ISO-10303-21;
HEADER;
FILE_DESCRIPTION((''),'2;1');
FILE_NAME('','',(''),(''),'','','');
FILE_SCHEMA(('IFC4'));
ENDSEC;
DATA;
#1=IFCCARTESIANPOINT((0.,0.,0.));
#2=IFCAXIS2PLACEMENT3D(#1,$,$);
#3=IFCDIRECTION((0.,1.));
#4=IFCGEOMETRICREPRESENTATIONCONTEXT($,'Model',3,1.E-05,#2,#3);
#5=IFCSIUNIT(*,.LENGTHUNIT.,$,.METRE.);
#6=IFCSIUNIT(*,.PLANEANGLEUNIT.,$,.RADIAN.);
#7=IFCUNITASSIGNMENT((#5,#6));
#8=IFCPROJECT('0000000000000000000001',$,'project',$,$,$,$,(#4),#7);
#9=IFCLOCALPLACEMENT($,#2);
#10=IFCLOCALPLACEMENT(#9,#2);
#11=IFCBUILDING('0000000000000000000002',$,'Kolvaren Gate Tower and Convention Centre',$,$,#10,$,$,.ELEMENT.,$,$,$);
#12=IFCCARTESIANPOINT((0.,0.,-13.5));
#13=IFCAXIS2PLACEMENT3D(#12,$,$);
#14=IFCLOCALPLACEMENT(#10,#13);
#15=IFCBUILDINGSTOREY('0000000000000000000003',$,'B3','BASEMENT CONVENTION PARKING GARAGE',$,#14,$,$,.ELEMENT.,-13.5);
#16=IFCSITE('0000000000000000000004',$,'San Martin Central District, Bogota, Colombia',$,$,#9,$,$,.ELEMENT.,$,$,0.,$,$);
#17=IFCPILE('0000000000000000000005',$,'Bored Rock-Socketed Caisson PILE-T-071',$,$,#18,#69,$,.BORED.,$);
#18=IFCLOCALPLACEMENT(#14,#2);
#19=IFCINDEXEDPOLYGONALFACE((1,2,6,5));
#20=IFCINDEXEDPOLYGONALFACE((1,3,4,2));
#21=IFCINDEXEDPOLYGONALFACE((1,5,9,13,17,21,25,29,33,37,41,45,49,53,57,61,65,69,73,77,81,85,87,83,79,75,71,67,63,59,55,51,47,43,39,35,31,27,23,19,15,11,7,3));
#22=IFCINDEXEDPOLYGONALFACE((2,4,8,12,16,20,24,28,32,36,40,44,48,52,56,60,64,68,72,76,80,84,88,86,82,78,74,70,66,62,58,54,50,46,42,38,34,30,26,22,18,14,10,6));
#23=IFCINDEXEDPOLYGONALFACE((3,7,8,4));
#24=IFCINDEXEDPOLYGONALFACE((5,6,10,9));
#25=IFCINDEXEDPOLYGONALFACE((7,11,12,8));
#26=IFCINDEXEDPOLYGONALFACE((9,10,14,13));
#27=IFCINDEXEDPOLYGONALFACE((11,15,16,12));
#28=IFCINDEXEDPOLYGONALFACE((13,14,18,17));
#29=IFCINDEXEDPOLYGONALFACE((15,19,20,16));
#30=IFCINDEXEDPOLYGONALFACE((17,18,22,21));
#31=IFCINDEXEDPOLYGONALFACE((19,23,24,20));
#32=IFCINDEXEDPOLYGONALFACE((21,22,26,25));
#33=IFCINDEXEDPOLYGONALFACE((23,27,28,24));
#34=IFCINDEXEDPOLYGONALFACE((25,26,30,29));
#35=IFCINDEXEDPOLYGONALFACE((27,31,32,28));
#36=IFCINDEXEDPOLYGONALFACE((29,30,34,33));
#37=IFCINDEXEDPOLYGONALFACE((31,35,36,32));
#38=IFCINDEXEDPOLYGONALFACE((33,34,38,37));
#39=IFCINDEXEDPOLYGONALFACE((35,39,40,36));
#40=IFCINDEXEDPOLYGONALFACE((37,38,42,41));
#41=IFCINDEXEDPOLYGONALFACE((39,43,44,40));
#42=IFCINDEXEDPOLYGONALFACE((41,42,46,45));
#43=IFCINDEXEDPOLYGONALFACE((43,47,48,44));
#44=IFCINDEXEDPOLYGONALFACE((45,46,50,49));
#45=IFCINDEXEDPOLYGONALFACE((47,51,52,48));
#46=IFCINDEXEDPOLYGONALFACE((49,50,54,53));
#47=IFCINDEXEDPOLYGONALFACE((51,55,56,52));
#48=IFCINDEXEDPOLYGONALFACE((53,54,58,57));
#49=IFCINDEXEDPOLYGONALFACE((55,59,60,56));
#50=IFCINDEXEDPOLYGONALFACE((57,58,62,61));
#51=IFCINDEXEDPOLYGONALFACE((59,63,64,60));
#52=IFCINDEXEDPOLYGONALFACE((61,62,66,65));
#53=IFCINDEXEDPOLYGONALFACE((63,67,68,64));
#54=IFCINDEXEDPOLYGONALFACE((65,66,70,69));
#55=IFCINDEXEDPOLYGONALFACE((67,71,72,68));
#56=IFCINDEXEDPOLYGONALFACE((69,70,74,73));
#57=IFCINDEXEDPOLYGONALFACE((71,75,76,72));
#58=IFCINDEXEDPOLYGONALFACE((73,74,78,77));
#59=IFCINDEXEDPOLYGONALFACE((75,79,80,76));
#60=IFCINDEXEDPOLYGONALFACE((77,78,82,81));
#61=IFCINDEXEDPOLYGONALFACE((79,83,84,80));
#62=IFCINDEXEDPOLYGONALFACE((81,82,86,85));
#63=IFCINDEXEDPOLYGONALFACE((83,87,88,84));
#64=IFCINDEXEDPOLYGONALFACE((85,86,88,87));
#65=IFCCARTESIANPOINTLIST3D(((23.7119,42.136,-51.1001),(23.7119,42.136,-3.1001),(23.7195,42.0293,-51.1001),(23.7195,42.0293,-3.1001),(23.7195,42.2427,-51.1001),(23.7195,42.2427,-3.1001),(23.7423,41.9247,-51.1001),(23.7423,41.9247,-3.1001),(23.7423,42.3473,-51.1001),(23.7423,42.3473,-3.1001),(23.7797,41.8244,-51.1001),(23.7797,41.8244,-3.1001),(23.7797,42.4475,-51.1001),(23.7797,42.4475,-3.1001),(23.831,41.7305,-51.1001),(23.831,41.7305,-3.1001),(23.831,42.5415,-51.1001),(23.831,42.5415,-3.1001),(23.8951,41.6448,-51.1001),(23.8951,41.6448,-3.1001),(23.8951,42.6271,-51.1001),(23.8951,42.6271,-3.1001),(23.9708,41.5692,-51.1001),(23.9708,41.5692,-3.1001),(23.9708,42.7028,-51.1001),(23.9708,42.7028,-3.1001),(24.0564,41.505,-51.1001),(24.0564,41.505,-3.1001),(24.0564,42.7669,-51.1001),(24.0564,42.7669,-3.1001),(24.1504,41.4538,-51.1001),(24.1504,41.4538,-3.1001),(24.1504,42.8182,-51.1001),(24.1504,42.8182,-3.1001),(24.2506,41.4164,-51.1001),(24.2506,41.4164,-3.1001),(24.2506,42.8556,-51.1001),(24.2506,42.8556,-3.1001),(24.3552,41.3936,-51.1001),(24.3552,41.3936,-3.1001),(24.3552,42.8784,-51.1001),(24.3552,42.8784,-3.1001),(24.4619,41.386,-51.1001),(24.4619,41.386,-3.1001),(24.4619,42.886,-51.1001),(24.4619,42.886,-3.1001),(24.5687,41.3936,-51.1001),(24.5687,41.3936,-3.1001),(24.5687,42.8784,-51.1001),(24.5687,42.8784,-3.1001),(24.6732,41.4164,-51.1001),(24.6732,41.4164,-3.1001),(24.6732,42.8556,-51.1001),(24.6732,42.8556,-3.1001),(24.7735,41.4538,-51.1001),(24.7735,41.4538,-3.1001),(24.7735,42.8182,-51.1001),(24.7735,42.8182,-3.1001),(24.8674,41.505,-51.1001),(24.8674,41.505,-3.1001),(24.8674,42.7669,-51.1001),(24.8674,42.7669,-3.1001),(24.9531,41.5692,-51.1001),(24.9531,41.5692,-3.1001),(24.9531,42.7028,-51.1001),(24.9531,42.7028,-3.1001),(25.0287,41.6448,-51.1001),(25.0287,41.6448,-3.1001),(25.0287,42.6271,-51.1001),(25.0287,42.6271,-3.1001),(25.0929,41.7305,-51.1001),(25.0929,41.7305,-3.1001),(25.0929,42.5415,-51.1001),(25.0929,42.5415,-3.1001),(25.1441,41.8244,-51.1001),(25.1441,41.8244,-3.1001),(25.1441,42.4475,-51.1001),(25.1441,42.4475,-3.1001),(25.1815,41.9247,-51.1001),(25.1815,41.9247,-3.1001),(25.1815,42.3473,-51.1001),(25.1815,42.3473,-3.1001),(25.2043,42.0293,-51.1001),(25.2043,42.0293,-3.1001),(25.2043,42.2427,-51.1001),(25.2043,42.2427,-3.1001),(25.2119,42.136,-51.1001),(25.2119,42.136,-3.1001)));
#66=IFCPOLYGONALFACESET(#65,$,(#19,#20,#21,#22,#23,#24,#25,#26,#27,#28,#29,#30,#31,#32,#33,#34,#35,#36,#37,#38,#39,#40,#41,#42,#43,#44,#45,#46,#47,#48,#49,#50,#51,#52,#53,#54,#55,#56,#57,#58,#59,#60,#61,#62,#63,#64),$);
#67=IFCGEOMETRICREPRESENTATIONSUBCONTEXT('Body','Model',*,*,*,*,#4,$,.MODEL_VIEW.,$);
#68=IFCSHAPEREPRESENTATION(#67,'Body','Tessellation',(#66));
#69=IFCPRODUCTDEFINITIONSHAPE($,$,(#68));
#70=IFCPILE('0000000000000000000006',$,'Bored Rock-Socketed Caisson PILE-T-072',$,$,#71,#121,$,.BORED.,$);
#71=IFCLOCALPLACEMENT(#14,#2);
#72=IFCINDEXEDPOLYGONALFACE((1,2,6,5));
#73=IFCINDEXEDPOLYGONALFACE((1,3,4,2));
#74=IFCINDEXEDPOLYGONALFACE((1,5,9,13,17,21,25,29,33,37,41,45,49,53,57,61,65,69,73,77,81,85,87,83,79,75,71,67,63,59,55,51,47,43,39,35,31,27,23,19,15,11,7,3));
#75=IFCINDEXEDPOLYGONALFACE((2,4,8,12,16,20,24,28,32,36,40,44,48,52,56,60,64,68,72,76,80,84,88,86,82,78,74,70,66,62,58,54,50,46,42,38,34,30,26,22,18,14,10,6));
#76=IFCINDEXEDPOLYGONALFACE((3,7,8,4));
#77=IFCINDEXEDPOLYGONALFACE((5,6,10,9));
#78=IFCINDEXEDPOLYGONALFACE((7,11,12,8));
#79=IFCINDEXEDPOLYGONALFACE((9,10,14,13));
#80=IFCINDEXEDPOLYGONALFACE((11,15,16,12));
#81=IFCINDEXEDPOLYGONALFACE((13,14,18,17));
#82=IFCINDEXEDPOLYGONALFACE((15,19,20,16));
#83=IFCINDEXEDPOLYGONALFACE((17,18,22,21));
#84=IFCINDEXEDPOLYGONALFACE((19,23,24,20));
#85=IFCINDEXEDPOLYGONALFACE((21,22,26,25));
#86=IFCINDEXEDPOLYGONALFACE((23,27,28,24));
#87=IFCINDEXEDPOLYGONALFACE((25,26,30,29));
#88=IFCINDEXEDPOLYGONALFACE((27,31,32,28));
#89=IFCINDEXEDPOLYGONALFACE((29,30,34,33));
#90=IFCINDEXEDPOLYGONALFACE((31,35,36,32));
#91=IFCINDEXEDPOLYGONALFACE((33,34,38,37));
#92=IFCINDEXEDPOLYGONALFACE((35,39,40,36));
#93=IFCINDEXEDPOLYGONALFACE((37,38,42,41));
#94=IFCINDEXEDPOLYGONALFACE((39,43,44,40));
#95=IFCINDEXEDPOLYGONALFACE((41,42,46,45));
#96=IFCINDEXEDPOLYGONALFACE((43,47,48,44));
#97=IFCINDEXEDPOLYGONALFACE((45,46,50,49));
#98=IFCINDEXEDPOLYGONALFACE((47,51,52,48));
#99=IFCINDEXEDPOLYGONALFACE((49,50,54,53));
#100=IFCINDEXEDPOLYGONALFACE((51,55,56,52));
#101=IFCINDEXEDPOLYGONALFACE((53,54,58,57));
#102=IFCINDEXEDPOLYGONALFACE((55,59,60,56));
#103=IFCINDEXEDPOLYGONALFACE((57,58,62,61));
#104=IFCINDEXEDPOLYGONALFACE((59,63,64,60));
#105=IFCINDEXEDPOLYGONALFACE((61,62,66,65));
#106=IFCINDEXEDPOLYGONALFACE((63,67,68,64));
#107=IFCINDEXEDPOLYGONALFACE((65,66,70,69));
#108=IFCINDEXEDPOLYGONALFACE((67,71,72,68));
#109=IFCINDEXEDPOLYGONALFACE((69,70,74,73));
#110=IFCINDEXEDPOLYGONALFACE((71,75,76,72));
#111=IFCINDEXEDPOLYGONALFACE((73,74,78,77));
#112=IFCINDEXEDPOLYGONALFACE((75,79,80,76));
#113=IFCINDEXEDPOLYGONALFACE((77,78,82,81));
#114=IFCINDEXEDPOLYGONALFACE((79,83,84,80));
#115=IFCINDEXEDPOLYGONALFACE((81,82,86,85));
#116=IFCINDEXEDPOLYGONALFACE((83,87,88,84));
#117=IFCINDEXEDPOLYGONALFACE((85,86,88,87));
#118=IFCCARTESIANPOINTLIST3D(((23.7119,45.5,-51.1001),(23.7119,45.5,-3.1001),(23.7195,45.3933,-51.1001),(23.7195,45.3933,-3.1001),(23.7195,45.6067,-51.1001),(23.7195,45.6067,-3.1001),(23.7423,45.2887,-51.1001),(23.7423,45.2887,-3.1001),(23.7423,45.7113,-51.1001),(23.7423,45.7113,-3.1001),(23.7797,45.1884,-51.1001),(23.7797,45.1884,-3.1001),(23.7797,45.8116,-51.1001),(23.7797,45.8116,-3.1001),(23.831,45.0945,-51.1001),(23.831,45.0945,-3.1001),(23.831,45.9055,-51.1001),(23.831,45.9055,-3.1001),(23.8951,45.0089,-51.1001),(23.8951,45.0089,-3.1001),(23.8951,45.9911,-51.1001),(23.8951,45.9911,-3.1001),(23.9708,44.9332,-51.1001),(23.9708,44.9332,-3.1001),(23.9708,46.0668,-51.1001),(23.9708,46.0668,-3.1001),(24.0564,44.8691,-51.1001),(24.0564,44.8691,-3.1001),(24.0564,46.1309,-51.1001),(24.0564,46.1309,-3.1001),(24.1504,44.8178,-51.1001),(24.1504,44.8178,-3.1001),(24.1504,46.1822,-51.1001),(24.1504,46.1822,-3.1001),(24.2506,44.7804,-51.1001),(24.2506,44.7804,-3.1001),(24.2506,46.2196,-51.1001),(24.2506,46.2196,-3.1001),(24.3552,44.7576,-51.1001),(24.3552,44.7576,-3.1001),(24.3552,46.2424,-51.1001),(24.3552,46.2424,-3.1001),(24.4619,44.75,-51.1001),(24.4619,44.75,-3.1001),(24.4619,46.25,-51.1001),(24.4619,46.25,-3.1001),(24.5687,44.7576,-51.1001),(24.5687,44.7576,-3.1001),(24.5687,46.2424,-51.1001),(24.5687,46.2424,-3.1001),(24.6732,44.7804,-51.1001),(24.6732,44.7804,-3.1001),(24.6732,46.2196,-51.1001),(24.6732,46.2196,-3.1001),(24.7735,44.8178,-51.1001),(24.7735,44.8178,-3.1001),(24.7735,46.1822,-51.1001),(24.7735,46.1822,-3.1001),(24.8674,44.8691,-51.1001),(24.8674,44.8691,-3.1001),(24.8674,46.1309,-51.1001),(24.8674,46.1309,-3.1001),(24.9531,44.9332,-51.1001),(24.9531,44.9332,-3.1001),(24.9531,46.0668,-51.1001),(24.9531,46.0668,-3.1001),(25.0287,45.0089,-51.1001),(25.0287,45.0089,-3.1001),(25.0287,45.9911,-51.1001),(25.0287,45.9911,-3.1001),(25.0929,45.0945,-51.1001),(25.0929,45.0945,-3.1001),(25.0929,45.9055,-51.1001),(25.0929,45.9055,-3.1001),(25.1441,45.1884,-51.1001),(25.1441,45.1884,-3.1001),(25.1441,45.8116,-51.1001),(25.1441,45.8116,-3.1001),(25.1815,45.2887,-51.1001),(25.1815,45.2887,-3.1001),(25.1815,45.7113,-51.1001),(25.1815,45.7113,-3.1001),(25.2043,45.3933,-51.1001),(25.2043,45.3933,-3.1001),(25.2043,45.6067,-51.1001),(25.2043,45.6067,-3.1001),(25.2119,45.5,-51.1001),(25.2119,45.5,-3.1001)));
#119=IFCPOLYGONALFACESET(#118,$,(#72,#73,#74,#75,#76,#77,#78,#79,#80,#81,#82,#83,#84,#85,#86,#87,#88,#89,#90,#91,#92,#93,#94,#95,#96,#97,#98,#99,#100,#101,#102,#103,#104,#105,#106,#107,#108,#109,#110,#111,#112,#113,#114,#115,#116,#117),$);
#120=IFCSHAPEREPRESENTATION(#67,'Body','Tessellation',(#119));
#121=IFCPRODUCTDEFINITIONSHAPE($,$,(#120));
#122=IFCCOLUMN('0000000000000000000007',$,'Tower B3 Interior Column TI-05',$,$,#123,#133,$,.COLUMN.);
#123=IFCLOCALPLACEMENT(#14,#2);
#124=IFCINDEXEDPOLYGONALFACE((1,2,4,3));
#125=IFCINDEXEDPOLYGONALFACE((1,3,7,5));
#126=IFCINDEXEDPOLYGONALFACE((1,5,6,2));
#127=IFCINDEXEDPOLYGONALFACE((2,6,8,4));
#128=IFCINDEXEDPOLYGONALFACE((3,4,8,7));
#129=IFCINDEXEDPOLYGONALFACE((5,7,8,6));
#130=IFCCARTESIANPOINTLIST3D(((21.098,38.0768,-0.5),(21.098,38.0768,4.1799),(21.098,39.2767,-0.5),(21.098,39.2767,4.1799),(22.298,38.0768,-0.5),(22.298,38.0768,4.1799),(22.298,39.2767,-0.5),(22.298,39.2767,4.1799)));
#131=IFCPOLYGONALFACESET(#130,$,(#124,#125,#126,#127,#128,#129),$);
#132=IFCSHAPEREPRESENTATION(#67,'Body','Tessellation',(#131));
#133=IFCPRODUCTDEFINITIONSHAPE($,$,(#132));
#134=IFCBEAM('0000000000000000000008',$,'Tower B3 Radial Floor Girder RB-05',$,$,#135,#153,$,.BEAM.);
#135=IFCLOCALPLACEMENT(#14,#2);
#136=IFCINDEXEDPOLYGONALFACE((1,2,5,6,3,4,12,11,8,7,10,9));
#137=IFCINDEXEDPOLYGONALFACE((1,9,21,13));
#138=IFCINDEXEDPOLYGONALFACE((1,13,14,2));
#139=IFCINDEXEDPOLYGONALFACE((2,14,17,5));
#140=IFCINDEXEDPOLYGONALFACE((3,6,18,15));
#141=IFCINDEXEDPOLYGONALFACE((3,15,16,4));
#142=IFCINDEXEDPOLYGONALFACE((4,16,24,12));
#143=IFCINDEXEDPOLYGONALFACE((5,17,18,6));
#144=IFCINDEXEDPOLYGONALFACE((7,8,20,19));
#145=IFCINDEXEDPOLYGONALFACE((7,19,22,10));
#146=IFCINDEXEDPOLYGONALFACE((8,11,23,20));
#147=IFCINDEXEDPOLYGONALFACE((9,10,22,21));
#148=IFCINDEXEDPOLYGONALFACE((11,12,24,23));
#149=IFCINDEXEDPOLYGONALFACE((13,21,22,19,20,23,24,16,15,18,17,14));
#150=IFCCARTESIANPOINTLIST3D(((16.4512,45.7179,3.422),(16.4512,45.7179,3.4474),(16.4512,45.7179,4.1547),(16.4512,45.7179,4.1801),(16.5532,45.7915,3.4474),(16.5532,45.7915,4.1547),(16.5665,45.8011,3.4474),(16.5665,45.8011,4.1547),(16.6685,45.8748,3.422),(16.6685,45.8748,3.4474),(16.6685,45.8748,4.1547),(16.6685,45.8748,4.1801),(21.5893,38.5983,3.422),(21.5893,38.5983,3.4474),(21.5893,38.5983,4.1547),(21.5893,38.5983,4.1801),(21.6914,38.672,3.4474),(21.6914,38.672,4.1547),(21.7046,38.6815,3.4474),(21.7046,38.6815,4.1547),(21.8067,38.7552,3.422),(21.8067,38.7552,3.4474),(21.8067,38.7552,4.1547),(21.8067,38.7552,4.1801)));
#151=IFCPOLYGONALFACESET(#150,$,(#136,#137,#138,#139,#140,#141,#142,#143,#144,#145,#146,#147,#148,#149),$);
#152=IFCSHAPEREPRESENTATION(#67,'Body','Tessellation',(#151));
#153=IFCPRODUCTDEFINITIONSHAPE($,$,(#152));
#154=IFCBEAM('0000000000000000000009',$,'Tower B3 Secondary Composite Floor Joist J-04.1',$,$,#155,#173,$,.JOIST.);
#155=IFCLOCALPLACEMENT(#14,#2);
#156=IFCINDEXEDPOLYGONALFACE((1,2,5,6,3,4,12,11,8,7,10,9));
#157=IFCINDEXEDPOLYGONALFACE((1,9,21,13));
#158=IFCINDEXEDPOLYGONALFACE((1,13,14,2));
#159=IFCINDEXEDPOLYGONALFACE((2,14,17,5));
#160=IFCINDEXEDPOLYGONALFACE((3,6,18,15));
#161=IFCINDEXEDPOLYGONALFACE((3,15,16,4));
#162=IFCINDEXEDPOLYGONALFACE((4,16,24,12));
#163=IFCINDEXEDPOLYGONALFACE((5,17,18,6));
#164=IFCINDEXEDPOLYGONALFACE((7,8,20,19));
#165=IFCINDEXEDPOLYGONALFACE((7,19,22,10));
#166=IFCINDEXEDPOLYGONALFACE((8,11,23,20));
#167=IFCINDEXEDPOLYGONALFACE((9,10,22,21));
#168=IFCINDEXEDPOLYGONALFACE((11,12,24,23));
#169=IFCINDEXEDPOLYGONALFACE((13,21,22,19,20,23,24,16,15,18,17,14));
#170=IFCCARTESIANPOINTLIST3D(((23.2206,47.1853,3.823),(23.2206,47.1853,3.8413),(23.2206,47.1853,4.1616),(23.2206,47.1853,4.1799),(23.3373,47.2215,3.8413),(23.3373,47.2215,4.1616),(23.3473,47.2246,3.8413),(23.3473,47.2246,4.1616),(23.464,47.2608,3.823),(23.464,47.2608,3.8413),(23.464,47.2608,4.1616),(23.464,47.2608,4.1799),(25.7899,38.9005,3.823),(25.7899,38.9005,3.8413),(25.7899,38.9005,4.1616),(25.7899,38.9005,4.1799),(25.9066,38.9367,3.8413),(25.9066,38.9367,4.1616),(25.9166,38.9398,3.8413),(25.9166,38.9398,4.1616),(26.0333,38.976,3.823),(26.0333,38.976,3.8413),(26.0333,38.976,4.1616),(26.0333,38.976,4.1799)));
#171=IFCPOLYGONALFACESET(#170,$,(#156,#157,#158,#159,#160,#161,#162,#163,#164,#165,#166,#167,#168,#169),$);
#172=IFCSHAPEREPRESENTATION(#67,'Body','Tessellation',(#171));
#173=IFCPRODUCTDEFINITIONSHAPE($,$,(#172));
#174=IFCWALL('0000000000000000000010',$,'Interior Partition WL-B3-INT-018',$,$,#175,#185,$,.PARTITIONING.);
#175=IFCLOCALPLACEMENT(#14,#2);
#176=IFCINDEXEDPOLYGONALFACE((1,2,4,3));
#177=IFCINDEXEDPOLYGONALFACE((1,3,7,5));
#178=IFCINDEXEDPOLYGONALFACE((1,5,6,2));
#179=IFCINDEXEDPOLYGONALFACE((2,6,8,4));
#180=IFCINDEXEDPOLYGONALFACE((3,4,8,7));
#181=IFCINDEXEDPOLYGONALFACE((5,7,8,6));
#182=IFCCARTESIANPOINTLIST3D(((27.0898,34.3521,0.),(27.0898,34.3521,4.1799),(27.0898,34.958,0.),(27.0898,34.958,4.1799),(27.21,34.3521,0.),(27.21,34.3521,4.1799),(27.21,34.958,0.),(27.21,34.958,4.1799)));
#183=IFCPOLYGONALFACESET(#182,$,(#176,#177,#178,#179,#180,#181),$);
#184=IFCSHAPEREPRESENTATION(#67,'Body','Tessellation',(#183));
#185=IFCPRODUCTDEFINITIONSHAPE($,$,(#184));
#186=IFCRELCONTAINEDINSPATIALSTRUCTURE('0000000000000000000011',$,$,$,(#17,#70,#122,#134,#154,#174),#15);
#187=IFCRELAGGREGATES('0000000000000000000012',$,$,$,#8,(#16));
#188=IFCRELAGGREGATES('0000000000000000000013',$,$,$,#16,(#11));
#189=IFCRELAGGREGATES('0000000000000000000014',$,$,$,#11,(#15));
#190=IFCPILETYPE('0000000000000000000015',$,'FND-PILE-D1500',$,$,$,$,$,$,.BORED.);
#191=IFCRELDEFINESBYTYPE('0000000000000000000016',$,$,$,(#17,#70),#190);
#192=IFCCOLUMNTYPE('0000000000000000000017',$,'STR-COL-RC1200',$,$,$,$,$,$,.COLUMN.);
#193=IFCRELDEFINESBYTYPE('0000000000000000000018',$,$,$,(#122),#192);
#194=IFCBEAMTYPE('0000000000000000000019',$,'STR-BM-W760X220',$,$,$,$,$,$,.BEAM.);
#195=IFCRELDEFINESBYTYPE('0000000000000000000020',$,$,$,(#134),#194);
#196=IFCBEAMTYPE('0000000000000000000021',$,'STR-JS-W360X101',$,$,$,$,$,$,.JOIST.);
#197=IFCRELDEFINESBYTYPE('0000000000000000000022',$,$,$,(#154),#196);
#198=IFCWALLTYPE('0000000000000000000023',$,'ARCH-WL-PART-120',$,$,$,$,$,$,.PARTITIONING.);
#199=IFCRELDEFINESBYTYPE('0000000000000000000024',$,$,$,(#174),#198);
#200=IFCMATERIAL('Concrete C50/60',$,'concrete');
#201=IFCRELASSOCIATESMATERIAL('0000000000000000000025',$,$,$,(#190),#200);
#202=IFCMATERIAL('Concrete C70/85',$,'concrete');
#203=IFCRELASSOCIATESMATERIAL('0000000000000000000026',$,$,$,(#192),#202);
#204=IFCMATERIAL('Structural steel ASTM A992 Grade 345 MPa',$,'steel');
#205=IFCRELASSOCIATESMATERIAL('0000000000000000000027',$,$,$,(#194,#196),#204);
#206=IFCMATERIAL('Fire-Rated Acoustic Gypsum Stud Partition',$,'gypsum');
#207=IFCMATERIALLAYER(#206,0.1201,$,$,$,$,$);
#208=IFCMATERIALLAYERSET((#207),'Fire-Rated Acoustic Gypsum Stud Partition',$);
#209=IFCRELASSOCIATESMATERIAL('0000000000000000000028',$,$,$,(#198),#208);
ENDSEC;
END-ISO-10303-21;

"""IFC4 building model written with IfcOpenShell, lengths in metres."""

from ifc_helpers import new_model, si_unit, direction, frame, frame_2d, origin, origin_2d, place, context, subcontext, project, spatial, rectangle, circle, i_section, extrude, material, layer, layer_set, material_profile, profile_set, type_object, element, save


model = new_model("IFC4")

# Units and contexts
model_context = context("Model", 3, precision=1e-05, world=origin(), true_north=direction((0.0, 1.0)))
body_context = subcontext(model_context, "Body", "Model", "MODEL_VIEW")
ifc_project = project(units=[si_unit("LENGTHUNIT", "METRE"), si_unit("PLANEANGLEUNIT", "RADIAN")], contexts=[model_context])

# Site, building, storey
site_placement = place(None, origin())
site = spatial("IfcSite", under=ifc_project, at=site_placement, Name="San Martin Central District, Bogota, Colombia", CompositionType="ELEMENT", RefElevation=0.0)
building_placement = place(site_placement, origin())
building = spatial("IfcBuilding", under=site, at=building_placement, Name="Kolvaren Gate Tower and Convention Centre", CompositionType="ELEMENT")
storey_placement = place(building_placement, frame((0.0, 0.0, -13.5)))
storey = spatial("IfcBuildingStorey", under=building, at=storey_placement, Name="B3", Description="BASEMENT CONVENTION PARKING GARAGE", CompositionType="ELEMENT", Elevation=-13.5)

# Piles
ifc_material_1 = material(Name="Concrete C50/60", Category="concrete")
ifc_material_profile_1 = material_profile(ifc_material_1, circle(Radius=0.75, at=origin_2d()), Name="CAISSON-D1500")
ifc_profile_set_1 = profile_set([ifc_material_profile_1], Name="Concrete C50/60")
pile_type = type_object("IfcPileType", Name="FND-PILE-D1500", PredefinedType="BORED", material=ifc_profile_set_1)
for number, where, z_axis, x_axis, name in (
    (1, (24.4619, 42.136, -3.1001), (0.0, 0.0, -1.0), (1.0, 0.0, 0.0), "Bored Rock-Socketed Caisson PILE-T-071"),
    (2, (24.4619, 45.5, -3.1001), (0.0, 0.0, -1.0), (1.0, 0.0, 0.0), "Bored Rock-Socketed Caisson PILE-T-072"),
):
    element("IfcPile", number, at=place(storey_placement, frame(where, z_axis=z_axis, x_axis=x_axis)), inside=storey, type_object=pile_type, Name=name, PredefinedType="BORED", context=body_context, shape_type="SweptSolid", body=[
        extrude(circle(Radius=0.75, at=origin_2d()), origin(), (0.0, 0.0, 1.0), 48.0),
    ])

# Column
ifc_material_2 = material(Name="Concrete C70/85", Category="concrete")
ifc_material_profile_2 = material_profile(ifc_material_2, rectangle(XDim=1.2, YDim=1.2, at=origin_2d()), Name="RC-COL-1200X1200")
ifc_profile_set_2 = profile_set([ifc_material_profile_2], Name="Concrete C70/85")
column_type = type_object("IfcColumnType", Name="STR-COL-RC1200", PredefinedType="COLUMN", material=ifc_profile_set_2)
column_placement = place(storey_placement, frame((21.698, 38.6768, -0.5), z_axis=(0.0, 0.0, 1.0), x_axis=(1.0, 0.0, 0.0)))
element("IfcColumn", 3, at=column_placement, inside=storey, type_object=column_type, Name="Tower B3 Interior Column TI-05", PredefinedType="COLUMN", context=body_context, shape_type="SweptSolid", body=[
    extrude(rectangle(XDim=1.2, YDim=1.2, at=origin_2d()), origin(), (0.0, 0.0, 1.0), 4.6799),
])

# Beams
ifc_material_3 = material(Name="Structural steel ASTM A992 Grade 345 MPa", Category="steel")
ifc_material_profile_3 = material_profile(ifc_material_3, i_section(OverallWidth=0.2681, OverallDepth=0.7581, WebThickness=0.0164, FlangeThickness=0.0254, at=origin_2d()), Name="W760X220")
ifc_profile_set_3 = profile_set([ifc_material_profile_3], Name="Structural steel ASTM A992 Grade 345 MPa")
beam_type_1 = type_object("IfcBeamType", Name="STR-BM-W760X220", PredefinedType="BEAM", material=ifc_profile_set_3)
beam_1_placement = place(storey_placement, frame((21.698, 38.6768, 3.801), z_axis=(-0.585208, 0.810883, 0.0), x_axis=(-0.810883, -0.585208, 0.0)))
element("IfcBeam", 4, at=beam_1_placement, inside=storey, type_object=beam_type_1, Name="Tower B3 Radial Floor Girder RB-05", PredefinedType="BEAM", context=body_context, shape_type="SweptSolid", body=[
    extrude(i_section(OverallWidth=0.2681, OverallDepth=0.7581, WebThickness=0.0164, FlangeThickness=0.0254, at=origin_2d()), origin(), (0.0, 0.0, 1.0), 8.78),
])
ifc_material_profile_4 = material_profile(ifc_material_3, i_section(OverallWidth=0.2549, OverallDepth=0.3569, WebThickness=0.0105, FlangeThickness=0.0183, at=origin_2d()), Name="W360X101")
ifc_profile_set_4 = profile_set([ifc_material_profile_4], Name="Structural steel ASTM A992 Grade 345 MPa")
beam_type_2 = type_object("IfcBeamType", Name="STR-JS-W360X101", PredefinedType="JOIST", material=ifc_profile_set_4)
beam_2_placement = place(storey_placement, frame((25.9116, 38.9382, 4.0015), z_axis=(-0.296205, 0.955124, 0.0), x_axis=(-0.955124, -0.296205, 0.0)))
element("IfcBeam", 5, at=beam_2_placement, inside=storey, type_object=beam_type_2, Name="Tower B3 Secondary Composite Floor Joist J-04.1", PredefinedType="JOIST", context=body_context, shape_type="SweptSolid", body=[
    extrude(i_section(OverallWidth=0.2549, OverallDepth=0.3569, WebThickness=0.0105, FlangeThickness=0.0183, at=origin_2d()), origin(), (0.0, 0.0, 1.0), 8.6741),
])

# Wall
ifc_material_4 = material(Name="Fire-Rated Acoustic Gypsum Stud Partition", Category="gypsum")
ifc_layer_1 = layer(ifc_material_4, 0.1201)
ifc_layer_set_1 = layer_set([ifc_layer_1], Name="Fire-Rated Acoustic Gypsum Stud Partition")
wall_type_1 = type_object("IfcWallType", Name="ARCH-WL-PART-120", PredefinedType="PARTITIONING", material=ifc_layer_set_1)
wall_1_placement = place(storey_placement, frame((27.1499, 34.3521, 0.0), z_axis=(0.0, 0.0, 1.0), x_axis=(0.0, 1.0, 0.0)))
element("IfcWall", 6, at=wall_1_placement, inside=storey, type_object=wall_type_1, Name="Interior Partition WL-B3-INT-018", PredefinedType="PARTITIONING", context=body_context, shape_type="SweptSolid", body=[
    extrude(rectangle(XDim=0.606, YDim=0.1201, at=frame_2d((0.303, 0.0))), origin(), (0.0, 0.0, 1.0), 4.1799),
])

save(model, "model.ifc")
